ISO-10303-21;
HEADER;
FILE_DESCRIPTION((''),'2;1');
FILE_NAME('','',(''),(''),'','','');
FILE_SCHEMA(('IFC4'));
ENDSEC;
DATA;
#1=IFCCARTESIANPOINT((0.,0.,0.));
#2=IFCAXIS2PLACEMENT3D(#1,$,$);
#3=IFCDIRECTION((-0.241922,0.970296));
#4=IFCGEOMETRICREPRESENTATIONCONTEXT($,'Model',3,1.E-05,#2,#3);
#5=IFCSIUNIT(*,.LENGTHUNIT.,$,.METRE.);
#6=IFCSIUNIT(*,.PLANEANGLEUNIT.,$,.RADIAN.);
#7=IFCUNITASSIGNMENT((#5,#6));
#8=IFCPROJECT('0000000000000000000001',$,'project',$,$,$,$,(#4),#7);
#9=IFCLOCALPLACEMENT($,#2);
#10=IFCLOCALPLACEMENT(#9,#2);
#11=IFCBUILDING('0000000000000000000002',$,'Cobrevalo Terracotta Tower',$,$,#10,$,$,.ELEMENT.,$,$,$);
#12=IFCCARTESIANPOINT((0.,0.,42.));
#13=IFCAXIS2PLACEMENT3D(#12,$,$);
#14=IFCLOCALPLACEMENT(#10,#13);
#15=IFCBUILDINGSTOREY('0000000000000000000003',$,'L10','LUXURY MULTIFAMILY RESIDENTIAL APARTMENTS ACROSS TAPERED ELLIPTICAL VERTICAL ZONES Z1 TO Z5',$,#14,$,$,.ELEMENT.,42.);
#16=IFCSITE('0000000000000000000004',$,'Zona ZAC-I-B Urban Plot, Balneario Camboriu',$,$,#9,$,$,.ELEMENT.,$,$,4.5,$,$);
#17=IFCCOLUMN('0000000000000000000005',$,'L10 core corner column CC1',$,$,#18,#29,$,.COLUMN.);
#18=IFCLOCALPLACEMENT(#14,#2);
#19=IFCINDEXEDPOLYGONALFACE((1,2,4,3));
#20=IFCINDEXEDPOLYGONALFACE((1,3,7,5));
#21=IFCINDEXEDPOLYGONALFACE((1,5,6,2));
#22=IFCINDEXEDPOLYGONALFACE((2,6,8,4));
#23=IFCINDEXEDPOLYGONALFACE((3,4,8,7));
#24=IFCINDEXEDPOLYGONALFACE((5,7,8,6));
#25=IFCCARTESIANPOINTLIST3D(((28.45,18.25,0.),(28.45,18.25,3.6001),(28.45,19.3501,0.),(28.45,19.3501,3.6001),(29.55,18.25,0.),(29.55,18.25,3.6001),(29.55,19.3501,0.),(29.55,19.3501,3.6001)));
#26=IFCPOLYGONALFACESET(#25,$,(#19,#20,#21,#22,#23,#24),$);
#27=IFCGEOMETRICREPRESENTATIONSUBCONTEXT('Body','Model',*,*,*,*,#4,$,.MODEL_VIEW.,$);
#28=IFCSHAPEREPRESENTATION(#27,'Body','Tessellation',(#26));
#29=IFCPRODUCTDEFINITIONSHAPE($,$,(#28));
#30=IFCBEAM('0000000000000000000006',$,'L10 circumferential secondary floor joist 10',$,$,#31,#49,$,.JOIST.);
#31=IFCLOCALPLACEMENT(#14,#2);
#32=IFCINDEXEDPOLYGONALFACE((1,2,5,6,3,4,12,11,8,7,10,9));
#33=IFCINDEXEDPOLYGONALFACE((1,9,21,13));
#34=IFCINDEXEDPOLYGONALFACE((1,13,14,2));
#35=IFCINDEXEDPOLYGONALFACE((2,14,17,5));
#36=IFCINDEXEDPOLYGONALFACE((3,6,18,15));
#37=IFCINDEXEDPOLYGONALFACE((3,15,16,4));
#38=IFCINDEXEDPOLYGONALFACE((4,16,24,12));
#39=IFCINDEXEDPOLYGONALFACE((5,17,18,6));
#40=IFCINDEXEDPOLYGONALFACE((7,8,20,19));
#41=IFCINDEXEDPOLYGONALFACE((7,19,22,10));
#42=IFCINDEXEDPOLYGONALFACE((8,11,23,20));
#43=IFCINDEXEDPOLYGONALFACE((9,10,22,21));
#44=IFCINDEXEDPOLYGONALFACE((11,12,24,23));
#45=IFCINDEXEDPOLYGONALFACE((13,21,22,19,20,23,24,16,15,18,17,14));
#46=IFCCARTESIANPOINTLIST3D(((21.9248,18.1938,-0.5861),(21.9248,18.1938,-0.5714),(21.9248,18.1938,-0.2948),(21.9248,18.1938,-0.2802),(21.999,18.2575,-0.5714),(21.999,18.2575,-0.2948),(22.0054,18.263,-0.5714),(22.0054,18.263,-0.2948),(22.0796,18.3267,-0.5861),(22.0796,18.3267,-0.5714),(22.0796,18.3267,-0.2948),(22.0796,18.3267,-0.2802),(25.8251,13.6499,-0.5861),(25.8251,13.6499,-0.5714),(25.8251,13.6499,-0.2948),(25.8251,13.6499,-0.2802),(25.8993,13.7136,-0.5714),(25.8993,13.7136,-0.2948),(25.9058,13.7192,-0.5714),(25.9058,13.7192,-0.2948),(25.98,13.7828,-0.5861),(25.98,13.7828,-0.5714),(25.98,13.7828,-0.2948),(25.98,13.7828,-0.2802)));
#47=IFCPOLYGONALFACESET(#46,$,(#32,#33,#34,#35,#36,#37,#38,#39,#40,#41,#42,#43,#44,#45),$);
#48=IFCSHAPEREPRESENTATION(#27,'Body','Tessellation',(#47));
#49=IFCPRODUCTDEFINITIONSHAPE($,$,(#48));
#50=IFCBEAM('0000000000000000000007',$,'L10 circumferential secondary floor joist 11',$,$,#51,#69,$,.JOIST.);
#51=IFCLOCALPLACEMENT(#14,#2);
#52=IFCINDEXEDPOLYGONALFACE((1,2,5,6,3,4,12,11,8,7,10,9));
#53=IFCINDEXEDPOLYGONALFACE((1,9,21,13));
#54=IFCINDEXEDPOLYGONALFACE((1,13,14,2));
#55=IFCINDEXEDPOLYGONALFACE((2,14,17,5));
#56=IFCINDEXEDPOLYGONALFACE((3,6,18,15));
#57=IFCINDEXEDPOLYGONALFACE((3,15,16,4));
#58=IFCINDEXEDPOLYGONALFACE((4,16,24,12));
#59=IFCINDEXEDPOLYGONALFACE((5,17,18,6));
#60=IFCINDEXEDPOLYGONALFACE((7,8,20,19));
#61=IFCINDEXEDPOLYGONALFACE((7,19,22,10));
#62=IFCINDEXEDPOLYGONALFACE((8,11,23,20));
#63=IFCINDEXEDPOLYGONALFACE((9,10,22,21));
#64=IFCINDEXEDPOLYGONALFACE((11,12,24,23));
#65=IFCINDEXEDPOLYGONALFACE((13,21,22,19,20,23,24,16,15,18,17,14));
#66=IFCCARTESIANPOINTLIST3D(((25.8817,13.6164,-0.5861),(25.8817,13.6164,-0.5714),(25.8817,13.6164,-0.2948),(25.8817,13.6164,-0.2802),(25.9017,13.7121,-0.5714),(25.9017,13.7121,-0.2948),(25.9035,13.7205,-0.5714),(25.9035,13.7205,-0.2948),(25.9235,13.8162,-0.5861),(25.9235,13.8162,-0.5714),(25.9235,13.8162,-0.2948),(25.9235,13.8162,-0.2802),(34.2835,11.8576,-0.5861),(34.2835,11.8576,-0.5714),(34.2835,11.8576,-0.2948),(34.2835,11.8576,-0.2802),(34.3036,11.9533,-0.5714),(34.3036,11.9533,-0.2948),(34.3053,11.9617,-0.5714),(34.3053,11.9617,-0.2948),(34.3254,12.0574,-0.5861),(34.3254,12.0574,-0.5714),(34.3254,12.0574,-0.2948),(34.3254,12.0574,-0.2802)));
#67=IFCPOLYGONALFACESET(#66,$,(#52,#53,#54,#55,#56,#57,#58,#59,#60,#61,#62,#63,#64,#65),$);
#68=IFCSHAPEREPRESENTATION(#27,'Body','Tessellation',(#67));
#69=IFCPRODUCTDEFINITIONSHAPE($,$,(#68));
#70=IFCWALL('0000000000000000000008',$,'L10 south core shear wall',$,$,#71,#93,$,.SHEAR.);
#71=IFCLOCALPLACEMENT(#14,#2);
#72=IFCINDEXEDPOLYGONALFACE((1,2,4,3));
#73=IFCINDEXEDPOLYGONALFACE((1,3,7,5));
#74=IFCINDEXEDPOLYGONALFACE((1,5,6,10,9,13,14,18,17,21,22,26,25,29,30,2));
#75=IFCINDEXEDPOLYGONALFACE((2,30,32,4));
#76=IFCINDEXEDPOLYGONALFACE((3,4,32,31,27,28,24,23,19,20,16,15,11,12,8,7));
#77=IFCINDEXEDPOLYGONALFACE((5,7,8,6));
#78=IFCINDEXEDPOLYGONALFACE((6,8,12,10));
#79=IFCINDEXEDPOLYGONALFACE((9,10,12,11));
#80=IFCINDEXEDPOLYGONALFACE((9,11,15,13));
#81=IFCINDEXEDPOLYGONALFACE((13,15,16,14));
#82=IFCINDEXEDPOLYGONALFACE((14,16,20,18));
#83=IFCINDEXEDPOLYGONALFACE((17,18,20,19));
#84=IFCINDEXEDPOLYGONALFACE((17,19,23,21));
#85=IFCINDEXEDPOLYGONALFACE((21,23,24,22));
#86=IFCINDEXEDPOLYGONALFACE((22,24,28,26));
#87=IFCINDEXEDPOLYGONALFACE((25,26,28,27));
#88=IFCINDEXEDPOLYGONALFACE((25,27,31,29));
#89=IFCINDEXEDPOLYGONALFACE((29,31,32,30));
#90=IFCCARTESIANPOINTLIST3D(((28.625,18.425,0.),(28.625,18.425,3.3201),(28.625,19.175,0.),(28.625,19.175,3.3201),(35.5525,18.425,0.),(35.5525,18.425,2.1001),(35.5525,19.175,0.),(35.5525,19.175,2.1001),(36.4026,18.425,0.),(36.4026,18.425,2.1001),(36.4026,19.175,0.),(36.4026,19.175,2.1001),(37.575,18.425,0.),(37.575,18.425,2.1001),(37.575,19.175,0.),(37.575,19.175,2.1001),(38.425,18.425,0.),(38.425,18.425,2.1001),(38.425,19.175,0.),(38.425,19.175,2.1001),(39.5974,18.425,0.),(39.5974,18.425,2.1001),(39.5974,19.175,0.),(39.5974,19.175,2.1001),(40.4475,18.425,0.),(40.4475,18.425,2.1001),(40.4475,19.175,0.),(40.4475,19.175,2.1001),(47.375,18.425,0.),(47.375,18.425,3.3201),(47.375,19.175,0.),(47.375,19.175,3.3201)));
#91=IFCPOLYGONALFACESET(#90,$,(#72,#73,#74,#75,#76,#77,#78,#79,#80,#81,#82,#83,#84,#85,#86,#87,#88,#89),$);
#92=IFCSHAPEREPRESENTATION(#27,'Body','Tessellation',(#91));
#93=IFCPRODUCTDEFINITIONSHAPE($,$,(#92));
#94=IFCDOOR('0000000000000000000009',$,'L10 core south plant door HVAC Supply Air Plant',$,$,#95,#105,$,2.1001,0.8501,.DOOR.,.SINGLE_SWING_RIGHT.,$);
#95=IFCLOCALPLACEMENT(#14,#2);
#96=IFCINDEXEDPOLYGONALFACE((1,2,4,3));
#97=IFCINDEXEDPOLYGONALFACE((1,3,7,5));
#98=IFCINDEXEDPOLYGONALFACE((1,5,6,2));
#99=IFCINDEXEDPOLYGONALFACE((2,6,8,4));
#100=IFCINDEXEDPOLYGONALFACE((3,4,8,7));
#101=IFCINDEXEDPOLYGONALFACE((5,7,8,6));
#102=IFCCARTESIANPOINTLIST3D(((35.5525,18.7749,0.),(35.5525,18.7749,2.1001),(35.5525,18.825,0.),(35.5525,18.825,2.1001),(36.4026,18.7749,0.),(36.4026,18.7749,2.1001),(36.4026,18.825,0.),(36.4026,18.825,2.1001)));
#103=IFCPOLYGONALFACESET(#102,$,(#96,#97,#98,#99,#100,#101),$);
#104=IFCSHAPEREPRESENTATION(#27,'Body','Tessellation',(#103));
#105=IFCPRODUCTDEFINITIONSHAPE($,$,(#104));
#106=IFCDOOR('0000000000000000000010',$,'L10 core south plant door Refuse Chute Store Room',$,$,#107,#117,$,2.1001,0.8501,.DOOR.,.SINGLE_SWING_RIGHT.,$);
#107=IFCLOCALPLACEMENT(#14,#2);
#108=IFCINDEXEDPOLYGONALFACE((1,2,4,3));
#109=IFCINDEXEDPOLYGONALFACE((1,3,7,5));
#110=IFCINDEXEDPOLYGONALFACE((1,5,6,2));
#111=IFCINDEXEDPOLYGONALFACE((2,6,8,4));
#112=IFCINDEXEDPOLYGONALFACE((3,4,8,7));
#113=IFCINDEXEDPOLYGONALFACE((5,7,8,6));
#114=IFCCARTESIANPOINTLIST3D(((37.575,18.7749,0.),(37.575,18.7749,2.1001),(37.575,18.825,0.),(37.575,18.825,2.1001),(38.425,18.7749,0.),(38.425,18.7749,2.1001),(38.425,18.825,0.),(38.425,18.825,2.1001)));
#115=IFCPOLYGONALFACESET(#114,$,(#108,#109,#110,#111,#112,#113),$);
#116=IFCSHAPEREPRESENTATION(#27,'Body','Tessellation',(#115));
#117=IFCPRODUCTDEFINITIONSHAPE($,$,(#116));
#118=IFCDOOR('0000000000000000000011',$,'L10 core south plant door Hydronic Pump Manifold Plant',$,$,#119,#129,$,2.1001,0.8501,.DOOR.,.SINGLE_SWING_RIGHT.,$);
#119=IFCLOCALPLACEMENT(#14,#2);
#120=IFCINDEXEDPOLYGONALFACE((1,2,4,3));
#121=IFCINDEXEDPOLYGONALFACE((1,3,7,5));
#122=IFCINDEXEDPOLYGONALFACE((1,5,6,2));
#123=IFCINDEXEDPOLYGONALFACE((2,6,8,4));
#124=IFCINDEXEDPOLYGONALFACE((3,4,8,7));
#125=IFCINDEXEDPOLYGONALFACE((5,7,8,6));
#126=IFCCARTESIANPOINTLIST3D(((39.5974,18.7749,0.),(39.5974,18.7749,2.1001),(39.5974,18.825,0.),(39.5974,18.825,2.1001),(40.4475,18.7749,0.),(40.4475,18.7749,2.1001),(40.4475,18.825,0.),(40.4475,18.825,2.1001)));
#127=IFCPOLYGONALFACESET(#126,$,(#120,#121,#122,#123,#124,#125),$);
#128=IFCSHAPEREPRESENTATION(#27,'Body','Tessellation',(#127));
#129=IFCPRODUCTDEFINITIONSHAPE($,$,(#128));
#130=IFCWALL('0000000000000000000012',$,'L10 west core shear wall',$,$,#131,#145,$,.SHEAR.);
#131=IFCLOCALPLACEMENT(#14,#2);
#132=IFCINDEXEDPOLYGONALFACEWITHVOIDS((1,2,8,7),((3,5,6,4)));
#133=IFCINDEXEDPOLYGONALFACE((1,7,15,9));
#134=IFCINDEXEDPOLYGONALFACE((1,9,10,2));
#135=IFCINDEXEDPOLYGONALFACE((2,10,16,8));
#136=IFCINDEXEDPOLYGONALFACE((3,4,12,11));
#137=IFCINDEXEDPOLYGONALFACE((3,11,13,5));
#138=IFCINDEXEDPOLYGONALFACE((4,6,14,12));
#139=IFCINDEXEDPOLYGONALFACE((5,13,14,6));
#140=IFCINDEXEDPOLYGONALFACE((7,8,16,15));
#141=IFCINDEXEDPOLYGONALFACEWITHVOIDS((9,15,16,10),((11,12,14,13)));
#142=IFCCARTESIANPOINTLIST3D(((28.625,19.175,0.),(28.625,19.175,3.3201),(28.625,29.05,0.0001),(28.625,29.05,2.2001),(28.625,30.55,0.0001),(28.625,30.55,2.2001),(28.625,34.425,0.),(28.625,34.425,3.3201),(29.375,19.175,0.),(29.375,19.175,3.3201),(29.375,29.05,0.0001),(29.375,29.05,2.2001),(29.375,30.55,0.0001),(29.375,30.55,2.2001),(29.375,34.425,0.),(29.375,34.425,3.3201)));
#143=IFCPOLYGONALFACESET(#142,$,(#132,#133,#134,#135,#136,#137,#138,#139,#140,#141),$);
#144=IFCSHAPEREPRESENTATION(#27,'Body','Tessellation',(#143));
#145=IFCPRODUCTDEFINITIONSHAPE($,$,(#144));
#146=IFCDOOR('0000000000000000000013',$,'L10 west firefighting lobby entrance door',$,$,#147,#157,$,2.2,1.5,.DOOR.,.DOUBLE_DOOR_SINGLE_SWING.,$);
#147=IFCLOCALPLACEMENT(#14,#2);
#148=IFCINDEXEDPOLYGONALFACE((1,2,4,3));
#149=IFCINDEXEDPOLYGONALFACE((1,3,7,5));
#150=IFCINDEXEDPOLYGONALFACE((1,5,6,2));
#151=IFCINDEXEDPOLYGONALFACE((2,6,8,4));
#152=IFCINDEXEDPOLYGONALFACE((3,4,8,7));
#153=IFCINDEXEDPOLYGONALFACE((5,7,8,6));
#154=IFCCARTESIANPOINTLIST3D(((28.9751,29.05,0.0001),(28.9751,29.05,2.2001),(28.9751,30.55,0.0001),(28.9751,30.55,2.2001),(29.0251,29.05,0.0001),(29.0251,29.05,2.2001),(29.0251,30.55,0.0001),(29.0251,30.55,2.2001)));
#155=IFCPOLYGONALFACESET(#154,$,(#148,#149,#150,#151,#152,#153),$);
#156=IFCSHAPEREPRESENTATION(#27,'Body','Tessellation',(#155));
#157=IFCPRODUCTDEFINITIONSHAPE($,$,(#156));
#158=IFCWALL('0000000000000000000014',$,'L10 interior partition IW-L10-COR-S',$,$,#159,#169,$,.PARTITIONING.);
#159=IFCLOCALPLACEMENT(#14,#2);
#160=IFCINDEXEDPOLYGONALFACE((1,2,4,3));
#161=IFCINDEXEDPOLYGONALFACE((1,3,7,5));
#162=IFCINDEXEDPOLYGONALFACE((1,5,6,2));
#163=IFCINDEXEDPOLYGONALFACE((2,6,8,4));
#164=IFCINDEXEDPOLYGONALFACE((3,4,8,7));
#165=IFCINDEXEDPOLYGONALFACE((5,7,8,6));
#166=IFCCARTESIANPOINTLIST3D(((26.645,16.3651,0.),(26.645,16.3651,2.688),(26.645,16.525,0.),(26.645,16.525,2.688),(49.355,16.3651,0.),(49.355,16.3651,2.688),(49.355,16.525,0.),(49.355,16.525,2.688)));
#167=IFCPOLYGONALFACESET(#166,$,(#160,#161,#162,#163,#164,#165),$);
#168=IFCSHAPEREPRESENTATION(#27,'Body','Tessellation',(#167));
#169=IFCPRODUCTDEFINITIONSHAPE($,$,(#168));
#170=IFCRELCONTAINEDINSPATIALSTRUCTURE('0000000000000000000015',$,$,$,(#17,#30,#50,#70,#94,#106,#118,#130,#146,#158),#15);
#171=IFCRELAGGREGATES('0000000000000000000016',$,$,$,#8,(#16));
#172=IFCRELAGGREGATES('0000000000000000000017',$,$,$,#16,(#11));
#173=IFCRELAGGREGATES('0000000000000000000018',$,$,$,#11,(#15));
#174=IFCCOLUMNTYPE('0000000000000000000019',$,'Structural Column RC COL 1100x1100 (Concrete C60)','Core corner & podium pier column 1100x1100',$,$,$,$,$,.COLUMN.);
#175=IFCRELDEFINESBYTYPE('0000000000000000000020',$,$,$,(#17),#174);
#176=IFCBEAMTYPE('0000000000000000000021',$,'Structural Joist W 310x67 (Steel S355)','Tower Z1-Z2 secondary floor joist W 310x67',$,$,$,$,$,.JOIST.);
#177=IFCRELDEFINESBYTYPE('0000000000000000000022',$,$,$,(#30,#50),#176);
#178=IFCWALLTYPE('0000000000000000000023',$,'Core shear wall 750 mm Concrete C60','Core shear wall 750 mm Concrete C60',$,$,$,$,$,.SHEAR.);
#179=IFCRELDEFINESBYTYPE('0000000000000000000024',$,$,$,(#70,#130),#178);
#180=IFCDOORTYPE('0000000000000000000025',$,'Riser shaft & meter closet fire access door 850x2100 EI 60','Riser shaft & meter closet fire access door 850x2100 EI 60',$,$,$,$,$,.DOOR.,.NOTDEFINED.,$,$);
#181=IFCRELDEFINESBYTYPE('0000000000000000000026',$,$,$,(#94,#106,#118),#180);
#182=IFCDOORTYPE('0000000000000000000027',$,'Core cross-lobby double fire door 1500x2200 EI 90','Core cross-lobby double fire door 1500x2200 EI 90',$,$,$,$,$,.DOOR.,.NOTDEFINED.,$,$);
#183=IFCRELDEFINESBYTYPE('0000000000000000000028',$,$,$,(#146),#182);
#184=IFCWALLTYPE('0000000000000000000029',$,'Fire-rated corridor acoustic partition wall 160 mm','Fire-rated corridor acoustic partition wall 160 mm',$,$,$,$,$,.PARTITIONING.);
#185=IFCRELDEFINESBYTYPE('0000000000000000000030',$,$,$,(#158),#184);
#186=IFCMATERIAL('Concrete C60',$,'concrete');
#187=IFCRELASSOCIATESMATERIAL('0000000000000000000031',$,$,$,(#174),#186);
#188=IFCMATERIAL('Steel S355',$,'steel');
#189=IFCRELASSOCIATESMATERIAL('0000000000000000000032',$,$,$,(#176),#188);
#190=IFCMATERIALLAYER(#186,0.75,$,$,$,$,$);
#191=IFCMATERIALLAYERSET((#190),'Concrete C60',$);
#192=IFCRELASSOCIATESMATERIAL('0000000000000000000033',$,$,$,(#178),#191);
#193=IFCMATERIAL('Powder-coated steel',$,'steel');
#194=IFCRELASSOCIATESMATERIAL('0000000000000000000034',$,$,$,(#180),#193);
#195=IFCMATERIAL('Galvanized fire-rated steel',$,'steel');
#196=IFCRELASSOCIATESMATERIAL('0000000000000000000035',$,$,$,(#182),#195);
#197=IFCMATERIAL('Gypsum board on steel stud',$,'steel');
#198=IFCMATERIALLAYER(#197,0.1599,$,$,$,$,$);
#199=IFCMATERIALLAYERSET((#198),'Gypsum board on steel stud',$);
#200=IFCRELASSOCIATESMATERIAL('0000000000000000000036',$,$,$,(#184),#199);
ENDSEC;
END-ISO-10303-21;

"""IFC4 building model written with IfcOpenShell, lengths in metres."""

from ifc_helpers import new_model, si_unit, direction, frame, frame_2d, origin, origin_2d, place, context, subcontext, project, spatial, rectangle, i_section, extrude, source, transform, mapped, material, layer, layer_set, material_profile, profile_set, type_object, element, fill, save


model = new_model("IFC4")

# Units and contexts
model_context = context("Model", 3, precision=1e-05, world=origin(), true_north=direction((-0.241922, 0.970296)))
body_context = subcontext(model_context, "Body", "Model", "MODEL_VIEW")
ifc_project = project(units=[si_unit("LENGTHUNIT", "METRE"), si_unit("PLANEANGLEUNIT", "RADIAN")], contexts=[model_context])

# Site, building, storey
site_placement = place(None, origin())
site = spatial("IfcSite", under=ifc_project, at=site_placement, Name="Zona ZAC-I-B Urban Plot, Balneario Camboriu", CompositionType="ELEMENT", RefElevation=4.5)
building_placement = place(site_placement, origin())
building = spatial("IfcBuilding", under=site, at=building_placement, Name="Cobrevalo Terracotta Tower", CompositionType="ELEMENT")
storey_placement = place(building_placement, frame((0.0, 0.0, 42.0)))
storey = spatial("IfcBuildingStorey", under=building, at=storey_placement, Name="L10", Description="LUXURY MULTIFAMILY RESIDENTIAL APARTMENTS ACROSS TAPERED ELLIPTICAL VERTICAL ZONES Z1 TO Z5", CompositionType="ELEMENT", Elevation=42.0)

# Column
ifc_material_1 = material(Name="Concrete C60", Category="concrete")
ifc_material_profile_1 = material_profile(ifc_material_1, rectangle(XDim=1.1001, YDim=1.1001, at=origin_2d()), Name="RC COL 1100x1100")
ifc_profile_set_1 = profile_set([ifc_material_profile_1], Name="Concrete C60")
column_type = type_object("IfcColumnType", Name="Structural Column RC COL 1100x1100 (Concrete C60)", Description="Core corner & podium pier column 1100x1100", PredefinedType="COLUMN", material=ifc_profile_set_1)
column_placement = place(storey_placement, frame((29.0, 18.8, 0.0), z_axis=(0.0, 0.0, 1.0), x_axis=(1.0, 0.0, 0.0)))
element("IfcColumn", 1, at=column_placement, inside=storey, type_object=column_type, Name="L10 core corner column CC1", PredefinedType="COLUMN", context=body_context, shape_type="SweptSolid", body=[
    extrude(rectangle(XDim=1.1001, YDim=1.1001, at=origin_2d()), origin(), (0.0, 0.0, 1.0), 3.6001),
])

# Beams
ifc_material_2 = material(Name="Steel S355", Category="steel")
ifc_material_profile_2 = material_profile(ifc_material_2, i_section(OverallWidth=0.2041, OverallDepth=0.3059, WebThickness=0.0085, FlangeThickness=0.0146, at=origin_2d()), Name="W 310x67")
ifc_profile_set_2 = profile_set([ifc_material_profile_2], Name="Steel S355")
beam_type = type_object("IfcBeamType", Name="Structural Joist W 310x67 (Steel S355)", Description="Tower Z1-Z2 secondary floor joist W 310x67", PredefinedType="JOIST", material=ifc_profile_set_2)
beam_1_placement = place(storey_placement, frame((22.0022, 18.2603, -0.4331), z_axis=(0.651328, -0.758796, 0.0), x_axis=(0.758796, 0.651328, 0.0)))
element("IfcBeam", 2, at=beam_1_placement, inside=storey, type_object=beam_type, Name="L10 circumferential secondary floor joist 10", PredefinedType="JOIST", context=body_context, shape_type="SweptSolid", body=[
    extrude(i_section(OverallWidth=0.2041, OverallDepth=0.3059, WebThickness=0.0085, FlangeThickness=0.0146, at=origin_2d()), origin(), (0.0, 0.0, 1.0), 5.9883),
])
beam_2_placement = place(storey_placement, frame((25.9026, 13.7163, -0.4331), z_axis=(0.978785, -0.204892, 0.0), x_axis=(0.204892, 0.978785, 0.0)))
element("IfcBeam", 3, at=beam_2_placement, inside=storey, type_object=beam_type, Name="L10 circumferential secondary floor joist 11", PredefinedType="JOIST", context=body_context, shape_type="SweptSolid", body=[
    extrude(i_section(OverallWidth=0.2041, OverallDepth=0.3059, WebThickness=0.0085, FlangeThickness=0.0146, at=origin_2d()), origin(), (0.0, 0.0, 1.0), 8.584),
])

# Wall, openings, doors
ifc_layer_1 = layer(ifc_material_1, 0.75)
ifc_layer_set_1 = layer_set([ifc_layer_1], Name="Concrete C60")
wall_type_1 = type_object("IfcWallType", Name="Core shear wall 750 mm Concrete C60", Description="Core shear wall 750 mm Concrete C60", PredefinedType="SHEAR", material=ifc_layer_set_1)
wall_1_placement = place(storey_placement, frame((28.625, 18.8, 0.0), z_axis=(0.0, 0.0, 1.0), x_axis=(1.0, 0.0, 0.0)))
wall_1 = element("IfcWall", 4, at=wall_1_placement, inside=storey, type_object=wall_type_1, Name="L10 south core shear wall", PredefinedType="SHEAR", context=body_context, shape_type="SweptSolid", body=[
    extrude(rectangle(XDim=18.75, YDim=0.75, at=frame_2d((9.375, 0.0))), origin(), (0.0, 0.0, 1.0), 3.3201),
])
opening_1_placement = place(wall_1_placement, frame((6.9275, 0.0, 0.0)))
opening_1 = element("IfcOpeningElement", 5, at=opening_1_placement, cuts=wall_1, PredefinedType="OPENING", context=body_context, shape_type="SweptSolid", body=[
    extrude(rectangle(XDim=0.8501, YDim=2.1001, at=frame_2d((0.425, 1.05))), frame((0.0, 0.385, 0.0), z_axis=(0.0, -1.0, 0.0), x_axis=(1.0, 0.0, 0.0)), (0.0, 0.0, 1.0), 0.77),
])
opening_2_placement = place(wall_1_placement, frame((8.95, 0.0, 0.0)))
opening_2 = element("IfcOpeningElement", 6, at=opening_2_placement, cuts=wall_1, PredefinedType="OPENING", context=body_context, shape_type="SweptSolid", body=[
    extrude(rectangle(XDim=0.8501, YDim=2.1001, at=frame_2d((0.425, 1.05))), frame((0.0, 0.385, 0.0), z_axis=(0.0, -1.0, 0.0), x_axis=(1.0, 0.0, 0.0)), (0.0, 0.0, 1.0), 0.77),
])
opening_3_placement = place(wall_1_placement, frame((10.9724, 0.0, 0.0)))
opening_3 = element("IfcOpeningElement", 7, at=opening_3_placement, cuts=wall_1, PredefinedType="OPENING", context=body_context, shape_type="SweptSolid", body=[
    extrude(rectangle(XDim=0.8501, YDim=2.1001, at=frame_2d((0.425, 1.05))), frame((0.0, 0.385, 0.0), z_axis=(0.0, -1.0, 0.0), x_axis=(1.0, 0.0, 0.0)), (0.0, 0.0, 1.0), 0.77),
])
ifc_material_3 = material(Name="Powder-coated steel", Category="steel")
door_type_1 = type_object("IfcDoorType", Name="Riser shaft & meter closet fire access door 850x2100 EI 60", Description="Riser shaft & meter closet fire access door 850x2100 EI 60", OperationType="NOTDEFINED", PredefinedType="DOOR", material=ifc_material_3)
shared_shape_1 = source(origin(), body_context, "Body", "SweptSolid", [
    extrude(rectangle(XDim=0.8501, YDim=2.1001, at=frame_2d((0.425, 1.05))), frame((0.0, 0.0249, 0.0), z_axis=(0.0, -1.0, 0.0), x_axis=(1.0, 0.0, 0.0)), (0.0, 0.0, 1.0), 0.05),
])
door_1_placement = place(opening_1_placement, origin())
door_1 = element("IfcDoor", 8, at=door_1_placement, inside=storey, type_object=door_type_1, Name="L10 core south plant door HVAC Supply Air Plant", OperationType="SINGLE_SWING_RIGHT", OverallHeight=2.1001, OverallWidth=0.8501, PredefinedType="DOOR", context=body_context, shape_type="MappedRepresentation", body=[
    mapped(shared_shape_1, transform((0.0, 0.0, 0.0), scale=1.0)),
])
fill(opening_1, door_1)
door_2_placement = place(opening_2_placement, origin())
door_2 = element("IfcDoor", 9, at=door_2_placement, inside=storey, type_object=door_type_1, Name="L10 core south plant door Refuse Chute Store Room", OperationType="SINGLE_SWING_RIGHT", OverallHeight=2.1001, OverallWidth=0.8501, PredefinedType="DOOR", context=body_context, shape_type="MappedRepresentation", body=[
    mapped(shared_shape_1, transform((0.0, 0.0, 0.0), scale=1.0)),
])
fill(opening_2, door_2)
door_3_placement = place(opening_3_placement, origin())
door_3 = element("IfcDoor", 10, at=door_3_placement, inside=storey, type_object=door_type_1, Name="L10 core south plant door Hydronic Pump Manifold Plant", OperationType="SINGLE_SWING_RIGHT", OverallHeight=2.1001, OverallWidth=0.8501, PredefinedType="DOOR", context=body_context, shape_type="MappedRepresentation", body=[
    mapped(shared_shape_1, transform((0.0, 0.0, 0.0), scale=1.0)),
])
fill(opening_3, door_3)

# Wall, opening, door
wall_2_placement = place(storey_placement, frame((29.0, 19.175, 0.0), z_axis=(0.0, 0.0, 1.0), x_axis=(0.0, 1.0, 0.0)))
wall_2 = element("IfcWall", 11, at=wall_2_placement, inside=storey, type_object=wall_type_1, Name="L10 west core shear wall", PredefinedType="SHEAR", context=body_context, shape_type="SweptSolid", body=[
    extrude(rectangle(XDim=15.25, YDim=0.75, at=frame_2d((7.625, 0.0))), origin(), (0.0, 0.0, 1.0), 3.3201),
])
opening_4_placement = place(wall_2_placement, frame((9.875, 0.0, 0.0)))
opening_4 = element("IfcOpeningElement", 12, at=opening_4_placement, cuts=wall_2, PredefinedType="OPENING", context=body_context, shape_type="SweptSolid", body=[
    extrude(rectangle(XDim=1.5, YDim=2.2, at=frame_2d((0.75, 1.1001))), frame((0.0, 0.385, 0.0), z_axis=(0.0, -1.0, 0.0), x_axis=(1.0, 0.0, 0.0)), (0.0, 0.0, 1.0), 0.77),
])
ifc_material_4 = material(Name="Galvanized fire-rated steel", Category="steel")
door_type_2 = type_object("IfcDoorType", Name="Core cross-lobby double fire door 1500x2200 EI 90", Description="Core cross-lobby double fire door 1500x2200 EI 90", OperationType="NOTDEFINED", PredefinedType="DOOR", material=ifc_material_4)
shared_shape_2 = source(origin(), body_context, "Body", "SweptSolid", [
    extrude(rectangle(XDim=1.5, YDim=2.2, at=frame_2d((0.75, 1.1001))), frame((0.0, 0.0249, 0.0), z_axis=(0.0, -1.0, 0.0), x_axis=(1.0, 0.0, 0.0)), (0.0, 0.0, 1.0), 0.05),
])
door_4_placement = place(opening_4_placement, origin())
door_4 = element("IfcDoor", 13, at=door_4_placement, inside=storey, type_object=door_type_2, Name="L10 west firefighting lobby entrance door", OperationType="DOUBLE_DOOR_SINGLE_SWING", OverallHeight=2.2, OverallWidth=1.5, PredefinedType="DOOR", context=body_context, shape_type="MappedRepresentation", body=[
    mapped(shared_shape_2, transform((0.0, 0.0, 0.0), scale=1.0)),
])
fill(opening_4, door_4)

# Wall
ifc_material_5 = material(Name="Gypsum board on steel stud", Category="steel")
ifc_layer_2 = layer(ifc_material_5, 0.1599)
ifc_layer_set_2 = layer_set([ifc_layer_2], Name="Gypsum board on steel stud")
wall_type_2 = type_object("IfcWallType", Name="Fire-rated corridor acoustic partition wall 160 mm", Description="Fire-rated corridor acoustic partition wall 160 mm", PredefinedType="PARTITIONING", material=ifc_layer_set_2)
wall_3_placement = place(storey_placement, frame((26.645, 16.4451, 0.0), z_axis=(0.0, 0.0, 1.0), x_axis=(1.0, 0.0, 0.0)))
element("IfcWall", 14, at=wall_3_placement, inside=storey, type_object=wall_type_2, Name="L10 interior partition IW-L10-COR-S", PredefinedType="PARTITIONING", context=body_context, shape_type="SweptSolid", body=[
    extrude(rectangle(XDim=22.71, YDim=0.1599, at=frame_2d((11.355, 0.0))), origin(), (0.0, 0.0, 1.0), 2.688),
])

save(model, "model.ifc")
